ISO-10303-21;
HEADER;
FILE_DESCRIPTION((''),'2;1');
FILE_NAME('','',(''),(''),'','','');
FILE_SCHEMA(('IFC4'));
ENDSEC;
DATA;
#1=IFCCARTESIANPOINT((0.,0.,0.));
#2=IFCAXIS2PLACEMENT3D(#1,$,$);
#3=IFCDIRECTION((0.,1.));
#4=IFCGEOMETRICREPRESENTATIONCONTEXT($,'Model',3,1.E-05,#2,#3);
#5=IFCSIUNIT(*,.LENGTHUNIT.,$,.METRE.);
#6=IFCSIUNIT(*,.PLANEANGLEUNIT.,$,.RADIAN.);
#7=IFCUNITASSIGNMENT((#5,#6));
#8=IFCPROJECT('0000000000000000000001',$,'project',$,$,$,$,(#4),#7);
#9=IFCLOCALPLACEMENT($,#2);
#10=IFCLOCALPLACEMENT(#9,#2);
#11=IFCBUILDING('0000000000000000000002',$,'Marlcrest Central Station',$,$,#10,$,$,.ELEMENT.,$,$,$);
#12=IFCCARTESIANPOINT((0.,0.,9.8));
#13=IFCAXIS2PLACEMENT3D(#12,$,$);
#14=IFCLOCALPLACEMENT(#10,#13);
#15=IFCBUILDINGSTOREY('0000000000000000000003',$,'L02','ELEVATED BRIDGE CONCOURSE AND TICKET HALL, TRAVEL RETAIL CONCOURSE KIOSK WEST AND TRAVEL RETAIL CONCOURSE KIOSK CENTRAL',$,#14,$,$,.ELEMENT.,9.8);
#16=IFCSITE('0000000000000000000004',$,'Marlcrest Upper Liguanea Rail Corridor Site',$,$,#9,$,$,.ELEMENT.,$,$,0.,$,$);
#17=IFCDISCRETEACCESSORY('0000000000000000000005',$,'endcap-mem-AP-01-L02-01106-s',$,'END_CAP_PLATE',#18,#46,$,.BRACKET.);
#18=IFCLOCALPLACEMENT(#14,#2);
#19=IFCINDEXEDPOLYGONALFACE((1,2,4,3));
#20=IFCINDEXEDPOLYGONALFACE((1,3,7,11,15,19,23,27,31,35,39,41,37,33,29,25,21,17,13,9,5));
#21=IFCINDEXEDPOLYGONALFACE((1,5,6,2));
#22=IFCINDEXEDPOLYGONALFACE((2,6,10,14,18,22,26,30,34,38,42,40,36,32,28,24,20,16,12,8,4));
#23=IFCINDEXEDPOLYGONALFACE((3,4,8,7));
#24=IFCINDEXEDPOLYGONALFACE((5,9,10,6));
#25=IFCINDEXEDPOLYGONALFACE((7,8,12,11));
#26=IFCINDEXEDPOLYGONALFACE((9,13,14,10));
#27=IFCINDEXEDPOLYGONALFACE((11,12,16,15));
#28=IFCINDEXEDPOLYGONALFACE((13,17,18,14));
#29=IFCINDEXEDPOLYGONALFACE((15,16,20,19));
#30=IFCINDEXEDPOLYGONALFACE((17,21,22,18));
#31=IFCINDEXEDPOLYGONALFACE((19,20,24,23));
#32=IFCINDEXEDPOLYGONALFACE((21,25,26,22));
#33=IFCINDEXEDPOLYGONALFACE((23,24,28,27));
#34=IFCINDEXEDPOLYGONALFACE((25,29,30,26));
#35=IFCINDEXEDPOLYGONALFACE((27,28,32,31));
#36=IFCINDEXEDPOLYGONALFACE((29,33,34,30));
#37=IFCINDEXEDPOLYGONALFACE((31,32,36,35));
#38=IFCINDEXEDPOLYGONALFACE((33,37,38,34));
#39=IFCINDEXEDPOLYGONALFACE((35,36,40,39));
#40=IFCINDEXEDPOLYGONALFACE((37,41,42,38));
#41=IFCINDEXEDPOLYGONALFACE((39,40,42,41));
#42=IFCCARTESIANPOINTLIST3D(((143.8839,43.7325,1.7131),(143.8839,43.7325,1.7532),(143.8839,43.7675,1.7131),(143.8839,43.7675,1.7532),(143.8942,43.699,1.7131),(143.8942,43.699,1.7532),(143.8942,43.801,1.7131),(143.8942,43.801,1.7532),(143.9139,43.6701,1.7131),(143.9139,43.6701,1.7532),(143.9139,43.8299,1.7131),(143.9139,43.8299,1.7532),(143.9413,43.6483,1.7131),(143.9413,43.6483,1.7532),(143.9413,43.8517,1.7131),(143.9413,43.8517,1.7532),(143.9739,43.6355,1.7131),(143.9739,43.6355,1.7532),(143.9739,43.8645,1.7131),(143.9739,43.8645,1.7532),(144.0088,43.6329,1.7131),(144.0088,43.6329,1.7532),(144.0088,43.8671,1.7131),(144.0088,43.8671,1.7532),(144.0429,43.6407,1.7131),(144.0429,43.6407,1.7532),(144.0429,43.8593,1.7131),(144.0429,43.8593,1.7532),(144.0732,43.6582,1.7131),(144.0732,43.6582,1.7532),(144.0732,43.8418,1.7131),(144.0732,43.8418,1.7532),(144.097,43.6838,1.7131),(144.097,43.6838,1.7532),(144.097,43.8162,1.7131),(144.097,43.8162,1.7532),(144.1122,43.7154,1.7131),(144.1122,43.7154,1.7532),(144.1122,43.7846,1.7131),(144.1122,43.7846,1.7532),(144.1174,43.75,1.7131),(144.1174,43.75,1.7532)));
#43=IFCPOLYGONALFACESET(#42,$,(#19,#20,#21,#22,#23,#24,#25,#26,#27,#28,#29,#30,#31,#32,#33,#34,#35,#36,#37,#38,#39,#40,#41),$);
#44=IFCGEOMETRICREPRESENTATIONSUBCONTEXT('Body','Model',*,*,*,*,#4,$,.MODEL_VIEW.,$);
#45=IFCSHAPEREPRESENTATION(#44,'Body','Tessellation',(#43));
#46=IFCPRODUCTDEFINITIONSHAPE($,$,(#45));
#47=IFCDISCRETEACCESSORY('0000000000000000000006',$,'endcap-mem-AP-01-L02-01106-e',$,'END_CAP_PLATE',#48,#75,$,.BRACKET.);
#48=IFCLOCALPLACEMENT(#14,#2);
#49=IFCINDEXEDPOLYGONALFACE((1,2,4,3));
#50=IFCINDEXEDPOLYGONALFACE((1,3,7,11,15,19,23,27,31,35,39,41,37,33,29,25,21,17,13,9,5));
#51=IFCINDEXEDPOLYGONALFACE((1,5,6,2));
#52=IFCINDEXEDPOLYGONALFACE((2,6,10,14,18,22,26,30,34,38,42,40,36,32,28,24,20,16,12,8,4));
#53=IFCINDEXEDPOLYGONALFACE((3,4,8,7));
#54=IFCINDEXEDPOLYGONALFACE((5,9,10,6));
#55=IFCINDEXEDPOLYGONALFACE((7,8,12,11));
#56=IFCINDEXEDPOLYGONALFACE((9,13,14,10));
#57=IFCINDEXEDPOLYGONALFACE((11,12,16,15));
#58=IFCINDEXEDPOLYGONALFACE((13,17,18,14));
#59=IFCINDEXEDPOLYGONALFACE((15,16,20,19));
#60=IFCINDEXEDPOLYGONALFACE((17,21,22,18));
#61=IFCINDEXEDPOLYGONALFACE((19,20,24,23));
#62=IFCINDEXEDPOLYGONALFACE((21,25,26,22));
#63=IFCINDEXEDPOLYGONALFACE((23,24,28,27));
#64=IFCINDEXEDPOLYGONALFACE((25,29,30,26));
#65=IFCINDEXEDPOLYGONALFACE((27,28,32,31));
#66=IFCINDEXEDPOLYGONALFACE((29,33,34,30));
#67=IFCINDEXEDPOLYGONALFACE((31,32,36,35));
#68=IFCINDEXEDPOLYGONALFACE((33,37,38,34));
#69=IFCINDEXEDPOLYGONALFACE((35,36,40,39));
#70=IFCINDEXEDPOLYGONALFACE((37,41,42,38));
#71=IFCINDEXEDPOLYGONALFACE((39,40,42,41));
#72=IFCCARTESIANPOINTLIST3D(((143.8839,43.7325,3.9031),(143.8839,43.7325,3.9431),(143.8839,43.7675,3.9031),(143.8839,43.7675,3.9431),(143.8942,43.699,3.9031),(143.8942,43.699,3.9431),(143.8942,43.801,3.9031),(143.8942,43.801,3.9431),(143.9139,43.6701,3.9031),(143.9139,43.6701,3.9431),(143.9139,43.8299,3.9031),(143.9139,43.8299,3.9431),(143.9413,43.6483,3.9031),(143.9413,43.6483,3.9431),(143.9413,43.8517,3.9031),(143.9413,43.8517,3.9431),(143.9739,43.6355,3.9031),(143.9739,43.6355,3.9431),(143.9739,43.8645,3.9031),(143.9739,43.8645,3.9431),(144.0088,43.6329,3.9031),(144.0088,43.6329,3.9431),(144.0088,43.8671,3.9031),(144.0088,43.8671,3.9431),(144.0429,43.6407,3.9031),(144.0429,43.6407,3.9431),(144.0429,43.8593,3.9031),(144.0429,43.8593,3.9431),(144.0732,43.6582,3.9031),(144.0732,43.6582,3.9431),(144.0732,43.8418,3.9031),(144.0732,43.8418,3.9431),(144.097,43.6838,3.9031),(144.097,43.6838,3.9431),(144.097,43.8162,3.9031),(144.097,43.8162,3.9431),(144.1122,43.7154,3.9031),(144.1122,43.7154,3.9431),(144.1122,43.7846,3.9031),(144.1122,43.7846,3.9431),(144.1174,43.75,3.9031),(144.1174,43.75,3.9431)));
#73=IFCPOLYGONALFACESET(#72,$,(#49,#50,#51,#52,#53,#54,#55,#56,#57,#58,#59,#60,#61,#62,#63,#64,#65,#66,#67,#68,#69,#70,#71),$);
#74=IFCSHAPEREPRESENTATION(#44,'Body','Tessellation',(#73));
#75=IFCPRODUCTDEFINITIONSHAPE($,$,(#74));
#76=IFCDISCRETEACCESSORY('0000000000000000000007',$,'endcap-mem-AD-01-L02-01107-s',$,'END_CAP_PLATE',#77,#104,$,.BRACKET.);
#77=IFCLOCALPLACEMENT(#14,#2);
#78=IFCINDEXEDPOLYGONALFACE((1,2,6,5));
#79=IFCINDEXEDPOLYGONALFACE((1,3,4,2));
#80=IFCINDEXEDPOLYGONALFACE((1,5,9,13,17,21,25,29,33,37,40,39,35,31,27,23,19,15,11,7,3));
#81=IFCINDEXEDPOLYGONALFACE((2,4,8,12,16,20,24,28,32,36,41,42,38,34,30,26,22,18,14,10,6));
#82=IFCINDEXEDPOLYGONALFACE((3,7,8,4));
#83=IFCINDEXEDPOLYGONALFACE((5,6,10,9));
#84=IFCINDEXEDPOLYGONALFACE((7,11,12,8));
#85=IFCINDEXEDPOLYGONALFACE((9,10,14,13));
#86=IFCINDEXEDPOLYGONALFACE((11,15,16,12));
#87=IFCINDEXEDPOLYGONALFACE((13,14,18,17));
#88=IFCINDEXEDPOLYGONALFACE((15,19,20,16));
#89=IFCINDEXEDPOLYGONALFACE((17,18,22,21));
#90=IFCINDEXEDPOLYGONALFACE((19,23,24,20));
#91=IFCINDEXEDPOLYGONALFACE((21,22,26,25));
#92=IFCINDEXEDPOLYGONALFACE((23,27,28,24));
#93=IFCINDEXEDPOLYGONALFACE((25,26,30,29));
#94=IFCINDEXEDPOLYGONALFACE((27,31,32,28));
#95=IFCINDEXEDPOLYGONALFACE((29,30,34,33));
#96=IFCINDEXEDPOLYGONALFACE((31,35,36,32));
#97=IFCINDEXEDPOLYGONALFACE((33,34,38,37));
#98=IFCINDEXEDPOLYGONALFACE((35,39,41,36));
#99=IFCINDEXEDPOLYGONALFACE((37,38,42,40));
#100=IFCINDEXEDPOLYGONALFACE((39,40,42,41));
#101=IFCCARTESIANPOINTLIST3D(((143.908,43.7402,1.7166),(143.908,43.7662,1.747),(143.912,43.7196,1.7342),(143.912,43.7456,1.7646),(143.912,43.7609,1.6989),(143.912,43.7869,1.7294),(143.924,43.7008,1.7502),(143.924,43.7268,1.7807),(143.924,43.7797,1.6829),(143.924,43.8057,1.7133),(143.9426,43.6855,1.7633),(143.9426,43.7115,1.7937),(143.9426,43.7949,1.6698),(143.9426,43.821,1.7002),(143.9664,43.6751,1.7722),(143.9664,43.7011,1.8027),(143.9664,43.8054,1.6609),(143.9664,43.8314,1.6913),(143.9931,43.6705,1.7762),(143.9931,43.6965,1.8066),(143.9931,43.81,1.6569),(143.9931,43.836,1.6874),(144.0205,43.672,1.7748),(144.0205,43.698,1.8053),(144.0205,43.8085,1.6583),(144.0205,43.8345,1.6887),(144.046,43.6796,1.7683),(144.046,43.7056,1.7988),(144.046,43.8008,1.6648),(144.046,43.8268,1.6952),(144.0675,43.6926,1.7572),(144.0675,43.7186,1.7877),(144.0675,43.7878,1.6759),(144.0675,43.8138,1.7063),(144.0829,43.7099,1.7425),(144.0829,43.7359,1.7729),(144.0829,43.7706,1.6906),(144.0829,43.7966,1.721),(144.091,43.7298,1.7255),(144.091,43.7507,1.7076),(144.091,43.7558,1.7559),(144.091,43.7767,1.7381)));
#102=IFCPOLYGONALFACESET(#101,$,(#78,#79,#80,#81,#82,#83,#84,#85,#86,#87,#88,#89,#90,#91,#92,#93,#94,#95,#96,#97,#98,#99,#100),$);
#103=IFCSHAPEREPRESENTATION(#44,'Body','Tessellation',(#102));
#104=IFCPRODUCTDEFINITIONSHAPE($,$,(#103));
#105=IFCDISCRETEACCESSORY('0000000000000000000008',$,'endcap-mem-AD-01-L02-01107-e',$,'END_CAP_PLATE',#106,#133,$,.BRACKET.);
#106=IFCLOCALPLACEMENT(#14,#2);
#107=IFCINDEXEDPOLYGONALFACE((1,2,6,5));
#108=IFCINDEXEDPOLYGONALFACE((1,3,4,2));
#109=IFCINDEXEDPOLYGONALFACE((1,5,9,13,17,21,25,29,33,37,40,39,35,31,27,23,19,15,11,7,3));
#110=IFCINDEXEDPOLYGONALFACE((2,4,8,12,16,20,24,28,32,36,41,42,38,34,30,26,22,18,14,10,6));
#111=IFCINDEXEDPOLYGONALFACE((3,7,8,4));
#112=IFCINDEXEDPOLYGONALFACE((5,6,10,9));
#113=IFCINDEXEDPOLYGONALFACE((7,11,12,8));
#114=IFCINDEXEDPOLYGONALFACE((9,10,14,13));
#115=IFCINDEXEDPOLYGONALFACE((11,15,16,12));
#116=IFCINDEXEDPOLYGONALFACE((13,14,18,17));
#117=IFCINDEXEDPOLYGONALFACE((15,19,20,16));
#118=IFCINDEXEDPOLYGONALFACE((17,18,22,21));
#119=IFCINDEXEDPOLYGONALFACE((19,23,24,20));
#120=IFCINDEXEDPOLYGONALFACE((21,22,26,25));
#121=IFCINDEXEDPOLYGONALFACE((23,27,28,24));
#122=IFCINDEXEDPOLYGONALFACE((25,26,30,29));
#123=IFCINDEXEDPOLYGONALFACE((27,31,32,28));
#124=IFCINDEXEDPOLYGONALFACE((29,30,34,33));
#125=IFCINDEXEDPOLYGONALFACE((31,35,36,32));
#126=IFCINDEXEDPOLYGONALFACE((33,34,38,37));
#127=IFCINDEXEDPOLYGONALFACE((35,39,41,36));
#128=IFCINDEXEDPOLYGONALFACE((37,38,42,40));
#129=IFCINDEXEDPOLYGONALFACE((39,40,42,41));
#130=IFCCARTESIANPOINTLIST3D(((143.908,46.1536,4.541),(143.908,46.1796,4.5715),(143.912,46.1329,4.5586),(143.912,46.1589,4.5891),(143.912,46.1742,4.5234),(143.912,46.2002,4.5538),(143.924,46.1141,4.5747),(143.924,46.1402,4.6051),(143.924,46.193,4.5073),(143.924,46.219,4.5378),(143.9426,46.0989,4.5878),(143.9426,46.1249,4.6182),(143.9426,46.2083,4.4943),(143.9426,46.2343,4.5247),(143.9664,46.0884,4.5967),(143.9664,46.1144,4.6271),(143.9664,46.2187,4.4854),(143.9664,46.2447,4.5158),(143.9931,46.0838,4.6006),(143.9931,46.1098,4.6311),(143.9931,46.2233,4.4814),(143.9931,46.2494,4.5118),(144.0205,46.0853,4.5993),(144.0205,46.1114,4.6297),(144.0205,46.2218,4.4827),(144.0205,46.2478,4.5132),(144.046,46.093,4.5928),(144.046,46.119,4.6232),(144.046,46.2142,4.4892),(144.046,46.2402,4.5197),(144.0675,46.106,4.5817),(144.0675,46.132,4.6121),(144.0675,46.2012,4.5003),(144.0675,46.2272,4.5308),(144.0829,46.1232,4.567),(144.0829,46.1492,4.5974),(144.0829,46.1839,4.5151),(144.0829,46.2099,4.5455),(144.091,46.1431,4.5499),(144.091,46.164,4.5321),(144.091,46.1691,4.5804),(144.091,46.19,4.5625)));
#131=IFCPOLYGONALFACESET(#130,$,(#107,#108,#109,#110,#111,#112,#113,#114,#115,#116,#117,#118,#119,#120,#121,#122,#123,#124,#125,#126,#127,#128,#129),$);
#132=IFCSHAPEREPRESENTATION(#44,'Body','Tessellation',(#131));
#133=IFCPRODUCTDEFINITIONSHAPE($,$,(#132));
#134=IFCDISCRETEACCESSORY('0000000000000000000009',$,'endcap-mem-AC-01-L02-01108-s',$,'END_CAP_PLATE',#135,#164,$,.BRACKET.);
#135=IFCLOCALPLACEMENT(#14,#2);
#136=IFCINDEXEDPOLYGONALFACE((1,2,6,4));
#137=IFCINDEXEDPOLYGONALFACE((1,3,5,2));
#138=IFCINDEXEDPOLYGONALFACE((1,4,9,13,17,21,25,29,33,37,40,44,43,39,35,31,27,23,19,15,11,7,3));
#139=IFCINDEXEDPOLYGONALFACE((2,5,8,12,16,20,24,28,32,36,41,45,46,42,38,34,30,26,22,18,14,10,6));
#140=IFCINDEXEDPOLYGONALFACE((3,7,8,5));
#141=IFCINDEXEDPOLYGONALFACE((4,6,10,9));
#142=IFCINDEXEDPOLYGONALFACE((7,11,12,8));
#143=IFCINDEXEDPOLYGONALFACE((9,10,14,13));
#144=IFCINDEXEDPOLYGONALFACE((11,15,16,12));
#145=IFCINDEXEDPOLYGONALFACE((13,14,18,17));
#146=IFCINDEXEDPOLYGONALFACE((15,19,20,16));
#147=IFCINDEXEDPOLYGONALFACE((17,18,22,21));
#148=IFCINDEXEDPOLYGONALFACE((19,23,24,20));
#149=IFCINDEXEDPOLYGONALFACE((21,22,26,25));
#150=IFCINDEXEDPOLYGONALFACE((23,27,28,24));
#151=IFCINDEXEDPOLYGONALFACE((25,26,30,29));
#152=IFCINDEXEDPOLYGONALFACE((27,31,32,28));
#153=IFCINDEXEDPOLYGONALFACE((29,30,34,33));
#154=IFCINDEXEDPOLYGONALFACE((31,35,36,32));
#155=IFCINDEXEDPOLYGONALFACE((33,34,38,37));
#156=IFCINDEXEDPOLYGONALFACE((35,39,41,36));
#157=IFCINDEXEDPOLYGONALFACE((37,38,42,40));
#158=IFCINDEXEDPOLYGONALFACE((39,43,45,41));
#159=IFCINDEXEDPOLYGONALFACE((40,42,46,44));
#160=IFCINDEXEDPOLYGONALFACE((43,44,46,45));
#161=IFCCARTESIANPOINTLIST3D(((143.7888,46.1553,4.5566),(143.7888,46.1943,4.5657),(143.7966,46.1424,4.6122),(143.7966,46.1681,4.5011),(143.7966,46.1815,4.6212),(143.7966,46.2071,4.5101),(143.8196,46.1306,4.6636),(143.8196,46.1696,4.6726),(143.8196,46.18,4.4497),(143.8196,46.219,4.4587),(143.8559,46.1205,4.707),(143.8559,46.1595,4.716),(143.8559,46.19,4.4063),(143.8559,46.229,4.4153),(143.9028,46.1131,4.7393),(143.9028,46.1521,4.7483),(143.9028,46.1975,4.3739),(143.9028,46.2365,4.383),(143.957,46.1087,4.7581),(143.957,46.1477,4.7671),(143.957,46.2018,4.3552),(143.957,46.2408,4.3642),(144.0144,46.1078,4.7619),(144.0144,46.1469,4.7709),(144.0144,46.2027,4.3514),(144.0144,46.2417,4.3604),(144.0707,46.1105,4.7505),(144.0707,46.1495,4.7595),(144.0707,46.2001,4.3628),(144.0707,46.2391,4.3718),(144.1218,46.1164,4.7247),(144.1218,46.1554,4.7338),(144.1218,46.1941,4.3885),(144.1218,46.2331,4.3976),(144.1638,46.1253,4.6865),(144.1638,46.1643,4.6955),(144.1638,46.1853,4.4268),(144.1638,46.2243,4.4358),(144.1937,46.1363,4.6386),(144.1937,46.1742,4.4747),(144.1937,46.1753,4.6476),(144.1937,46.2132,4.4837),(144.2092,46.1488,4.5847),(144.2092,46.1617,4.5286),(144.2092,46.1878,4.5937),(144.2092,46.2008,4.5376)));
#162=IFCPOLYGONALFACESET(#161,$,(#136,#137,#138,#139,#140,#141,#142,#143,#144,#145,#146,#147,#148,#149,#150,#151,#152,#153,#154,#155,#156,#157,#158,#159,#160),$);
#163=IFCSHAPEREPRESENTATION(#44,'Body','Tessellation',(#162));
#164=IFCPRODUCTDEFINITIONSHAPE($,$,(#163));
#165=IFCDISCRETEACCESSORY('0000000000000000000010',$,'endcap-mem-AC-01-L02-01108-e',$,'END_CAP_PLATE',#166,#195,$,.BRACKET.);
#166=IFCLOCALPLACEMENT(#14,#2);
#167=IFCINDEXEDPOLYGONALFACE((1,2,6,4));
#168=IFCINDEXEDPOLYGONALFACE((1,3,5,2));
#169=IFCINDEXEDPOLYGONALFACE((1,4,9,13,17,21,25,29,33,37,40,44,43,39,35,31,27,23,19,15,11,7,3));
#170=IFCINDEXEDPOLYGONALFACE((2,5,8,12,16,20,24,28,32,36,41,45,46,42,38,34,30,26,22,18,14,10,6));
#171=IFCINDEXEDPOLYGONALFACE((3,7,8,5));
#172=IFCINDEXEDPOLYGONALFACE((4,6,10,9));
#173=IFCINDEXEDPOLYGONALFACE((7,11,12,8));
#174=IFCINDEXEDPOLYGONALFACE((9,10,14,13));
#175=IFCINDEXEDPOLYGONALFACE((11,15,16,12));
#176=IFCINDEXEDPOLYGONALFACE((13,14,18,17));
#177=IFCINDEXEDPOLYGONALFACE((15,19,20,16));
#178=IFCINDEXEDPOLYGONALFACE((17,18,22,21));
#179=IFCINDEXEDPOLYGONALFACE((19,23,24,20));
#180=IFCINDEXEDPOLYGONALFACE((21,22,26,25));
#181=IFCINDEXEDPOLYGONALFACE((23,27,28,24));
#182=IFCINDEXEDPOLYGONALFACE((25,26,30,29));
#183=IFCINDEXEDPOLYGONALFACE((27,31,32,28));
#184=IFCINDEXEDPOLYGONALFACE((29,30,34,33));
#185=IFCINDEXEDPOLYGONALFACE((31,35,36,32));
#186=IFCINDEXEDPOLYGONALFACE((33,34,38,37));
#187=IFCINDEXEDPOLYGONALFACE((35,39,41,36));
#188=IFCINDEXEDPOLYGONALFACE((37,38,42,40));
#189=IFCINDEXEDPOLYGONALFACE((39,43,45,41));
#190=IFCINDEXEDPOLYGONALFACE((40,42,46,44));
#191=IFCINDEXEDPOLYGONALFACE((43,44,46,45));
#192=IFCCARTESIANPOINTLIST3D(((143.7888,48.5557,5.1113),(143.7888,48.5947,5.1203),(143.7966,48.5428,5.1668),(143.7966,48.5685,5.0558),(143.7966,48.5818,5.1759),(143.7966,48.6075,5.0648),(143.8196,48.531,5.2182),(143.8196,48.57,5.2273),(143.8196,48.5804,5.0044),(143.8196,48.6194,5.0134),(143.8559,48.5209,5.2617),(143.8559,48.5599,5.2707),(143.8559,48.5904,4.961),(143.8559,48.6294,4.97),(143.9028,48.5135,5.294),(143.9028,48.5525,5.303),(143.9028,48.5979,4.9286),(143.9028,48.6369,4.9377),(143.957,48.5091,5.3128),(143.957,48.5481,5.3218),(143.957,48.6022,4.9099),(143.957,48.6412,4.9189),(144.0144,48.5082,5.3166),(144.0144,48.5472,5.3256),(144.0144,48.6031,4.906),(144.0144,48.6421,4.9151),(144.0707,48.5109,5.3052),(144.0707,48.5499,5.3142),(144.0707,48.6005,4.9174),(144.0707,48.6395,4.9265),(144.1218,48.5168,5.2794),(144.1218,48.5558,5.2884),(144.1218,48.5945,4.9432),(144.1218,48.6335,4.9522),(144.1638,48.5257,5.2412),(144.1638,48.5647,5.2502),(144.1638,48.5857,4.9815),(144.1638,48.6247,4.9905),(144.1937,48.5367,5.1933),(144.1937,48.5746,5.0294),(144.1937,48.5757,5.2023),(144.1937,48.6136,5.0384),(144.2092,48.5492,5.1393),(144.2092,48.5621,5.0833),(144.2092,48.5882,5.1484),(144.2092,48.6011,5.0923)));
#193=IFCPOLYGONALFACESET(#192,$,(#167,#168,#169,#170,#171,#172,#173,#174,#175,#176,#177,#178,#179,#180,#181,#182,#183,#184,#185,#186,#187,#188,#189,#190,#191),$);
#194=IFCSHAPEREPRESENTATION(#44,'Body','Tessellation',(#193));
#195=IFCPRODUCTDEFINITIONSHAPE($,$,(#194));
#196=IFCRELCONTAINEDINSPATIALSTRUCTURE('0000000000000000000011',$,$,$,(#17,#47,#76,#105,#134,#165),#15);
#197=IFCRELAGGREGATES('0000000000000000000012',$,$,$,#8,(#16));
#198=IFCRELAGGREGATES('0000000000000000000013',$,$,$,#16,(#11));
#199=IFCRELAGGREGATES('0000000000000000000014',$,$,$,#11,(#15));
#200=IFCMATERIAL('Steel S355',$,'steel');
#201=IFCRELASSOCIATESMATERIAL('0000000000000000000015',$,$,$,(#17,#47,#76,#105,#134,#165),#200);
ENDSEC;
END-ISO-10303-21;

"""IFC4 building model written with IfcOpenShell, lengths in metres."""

from ifc_helpers import new_model, si_unit, direction, frame, origin, origin_2d, place, context, subcontext, project, spatial, circle, extrude, material, element, save


model = new_model("IFC4")

# Units and contexts
model_context = context("Model", 3, precision=1e-05, world=origin(), true_north=direction((0.0, 1.0)))
body_context = subcontext(model_context, "Body", "Model", "MODEL_VIEW")
ifc_project = project(units=[si_unit("LENGTHUNIT", "METRE"), si_unit("PLANEANGLEUNIT", "RADIAN")], contexts=[model_context])

# Site, building, storey
site_placement = place(None, origin())
site = spatial("IfcSite", under=ifc_project, at=site_placement, Name="Marlcrest Upper Liguanea Rail Corridor Site", CompositionType="ELEMENT", RefElevation=0.0)
building_placement = place(site_placement, origin())
building = spatial("IfcBuilding", under=site, at=building_placement, Name="Marlcrest Central Station", CompositionType="ELEMENT")
storey_placement = place(building_placement, frame((0.0, 0.0, 9.8)))
storey = spatial("IfcBuildingStorey", under=building, at=storey_placement, Name="L02", Description="ELEVATED BRIDGE CONCOURSE AND TICKET HALL, TRAVEL RETAIL CONCOURSE KIOSK WEST AND TRAVEL RETAIL CONCOURSE KIOSK CENTRAL", CompositionType="ELEMENT", Elevation=9.8)

# Shared definitions
ifc_material_1 = material(Name="Steel S355", Category="steel")

# Discrete accessories
for number, where, z_axis, x_axis, name in (
    (1, (144.0, 43.75, 1.7131), (0.0, 0.0, 1.0), (1.0, 0.0, 0.0), "endcap-mem-AP-01-L02-01106-s"),
    (2, (144.0, 43.75, 3.9031), (0.0, 0.0, 1.0), (1.0, 0.0, 0.0), "endcap-mem-AP-01-L02-01106-e"),
):
    element("IfcDiscreteAccessory", number, at=place(storey_placement, frame(where, z_axis=z_axis, x_axis=x_axis)), inside=storey, material=ifc_material_1, Name=name, ObjectType="END_CAP_PLATE", PredefinedType="BRACKET", context=body_context, shape_type="SweptSolid", body=[
        extrude(circle(Radius=0.1174, at=origin_2d()), origin(), (0.0, 0.0, 1.0), 0.04),
    ])
for number, where, z_axis, x_axis, name in (
    (3, (144.0, 43.7402, 1.7166), (0.0, 0.649625, 0.760255), (-1.0, 0.0, 0.0), "endcap-mem-AD-01-L02-01107-s"),
    (4, (144.0, 46.1536, 4.541), (0.0, 0.649625, 0.760255), (-1.0, 0.0, 0.0), "endcap-mem-AD-01-L02-01107-e"),
):
    element("IfcDiscreteAccessory", number, at=place(storey_placement, frame(where, z_axis=z_axis, x_axis=x_axis)), inside=storey, material=ifc_material_1, Name=name, ObjectType="END_CAP_PLATE", PredefinedType="BRACKET", context=body_context, shape_type="SweptSolid", body=[
        extrude(circle(Radius=0.092, at=origin_2d()), origin(), (0.0, 0.0, 1.0), 0.04),
    ])
for number, where, z_axis, x_axis, name in (
    (5, (144.0, 46.1553, 4.5566), (0.0, 0.97433, 0.225126), (-1.0, 0.0, 0.0), "endcap-mem-AC-01-L02-01108-s"),
    (6, (144.0, 48.5557, 5.1113), (0.0, 0.97433, 0.225126), (-1.0, 0.0, 0.0), "endcap-mem-AC-01-L02-01108-e"),
):
    element("IfcDiscreteAccessory", number, at=place(storey_placement, frame(where, z_axis=z_axis, x_axis=x_axis)), inside=storey, material=ifc_material_1, Name=name, ObjectType="END_CAP_PLATE", PredefinedType="BRACKET", context=body_context, shape_type="SweptSolid", body=[
        extrude(circle(Radius=0.2112, at=origin_2d()), origin(), (0.0, 0.0, 1.0), 0.04),
    ])

save(model, "model.ifc")
